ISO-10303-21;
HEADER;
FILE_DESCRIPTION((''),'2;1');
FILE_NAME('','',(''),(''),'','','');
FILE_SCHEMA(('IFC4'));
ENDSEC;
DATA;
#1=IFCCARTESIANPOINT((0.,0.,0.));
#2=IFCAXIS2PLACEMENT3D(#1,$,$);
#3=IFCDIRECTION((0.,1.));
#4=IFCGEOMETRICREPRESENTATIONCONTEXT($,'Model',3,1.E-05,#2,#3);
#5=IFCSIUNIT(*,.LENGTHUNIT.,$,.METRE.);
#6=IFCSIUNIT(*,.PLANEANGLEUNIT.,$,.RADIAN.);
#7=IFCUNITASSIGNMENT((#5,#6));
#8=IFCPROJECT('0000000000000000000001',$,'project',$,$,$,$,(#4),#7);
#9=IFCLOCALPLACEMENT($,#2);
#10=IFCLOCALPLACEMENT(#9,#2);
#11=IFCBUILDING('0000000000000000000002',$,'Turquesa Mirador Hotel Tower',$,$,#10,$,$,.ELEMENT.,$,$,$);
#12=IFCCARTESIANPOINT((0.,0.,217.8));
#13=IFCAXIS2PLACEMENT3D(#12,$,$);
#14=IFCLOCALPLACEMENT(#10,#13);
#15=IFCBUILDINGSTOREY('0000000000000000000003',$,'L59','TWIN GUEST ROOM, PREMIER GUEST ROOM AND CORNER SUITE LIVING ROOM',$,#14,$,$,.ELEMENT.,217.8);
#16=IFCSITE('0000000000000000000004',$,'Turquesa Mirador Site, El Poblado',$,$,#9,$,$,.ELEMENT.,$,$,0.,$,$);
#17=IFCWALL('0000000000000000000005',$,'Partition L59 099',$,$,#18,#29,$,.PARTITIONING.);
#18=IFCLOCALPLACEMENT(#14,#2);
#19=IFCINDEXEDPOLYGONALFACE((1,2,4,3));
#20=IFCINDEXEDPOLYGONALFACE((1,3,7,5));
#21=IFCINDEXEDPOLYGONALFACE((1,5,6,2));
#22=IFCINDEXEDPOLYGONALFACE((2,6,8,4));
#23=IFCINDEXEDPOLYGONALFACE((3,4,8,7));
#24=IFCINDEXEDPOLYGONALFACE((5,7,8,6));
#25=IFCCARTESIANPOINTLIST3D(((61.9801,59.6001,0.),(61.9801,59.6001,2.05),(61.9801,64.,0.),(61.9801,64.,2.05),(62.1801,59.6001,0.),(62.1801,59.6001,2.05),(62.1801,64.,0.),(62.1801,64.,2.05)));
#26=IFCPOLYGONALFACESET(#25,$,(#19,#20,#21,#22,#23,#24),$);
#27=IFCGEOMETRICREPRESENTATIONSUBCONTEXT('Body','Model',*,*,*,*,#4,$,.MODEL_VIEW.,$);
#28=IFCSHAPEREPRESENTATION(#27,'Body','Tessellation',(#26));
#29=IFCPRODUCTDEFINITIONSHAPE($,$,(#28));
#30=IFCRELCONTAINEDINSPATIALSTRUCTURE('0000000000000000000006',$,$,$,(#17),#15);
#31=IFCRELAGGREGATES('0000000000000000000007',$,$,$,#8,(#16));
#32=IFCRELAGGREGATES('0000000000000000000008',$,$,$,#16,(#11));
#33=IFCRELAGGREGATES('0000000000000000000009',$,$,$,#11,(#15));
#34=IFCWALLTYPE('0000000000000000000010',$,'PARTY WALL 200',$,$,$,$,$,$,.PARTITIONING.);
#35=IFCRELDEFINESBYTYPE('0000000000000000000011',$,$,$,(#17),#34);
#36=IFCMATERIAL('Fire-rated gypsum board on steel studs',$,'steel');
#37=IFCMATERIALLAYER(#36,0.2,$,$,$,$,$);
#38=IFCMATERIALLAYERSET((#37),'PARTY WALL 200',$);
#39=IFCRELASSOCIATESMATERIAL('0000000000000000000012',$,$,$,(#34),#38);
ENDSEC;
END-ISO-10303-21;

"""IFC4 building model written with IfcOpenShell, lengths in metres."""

from ifc_helpers import new_model, si_unit, direction, frame, frame_2d, origin, place, context, subcontext, project, spatial, rectangle, extrude, material, layer, layer_set, type_object, element, save


model = new_model("IFC4")

# Units and contexts
model_context = context("Model", 3, precision=1e-05, world=origin(), true_north=direction((0.0, 1.0)))
body_context = subcontext(model_context, "Body", "Model", "MODEL_VIEW")
ifc_project = project(units=[si_unit("LENGTHUNIT", "METRE"), si_unit("PLANEANGLEUNIT", "RADIAN")], contexts=[model_context])

# Site, building, storey
site_placement = place(None, origin())
site = spatial("IfcSite", under=ifc_project, at=site_placement, Name="Turquesa Mirador Site, El Poblado", CompositionType="ELEMENT", RefElevation=0.0)
building_placement = place(site_placement, origin())
building = spatial("IfcBuilding", under=site, at=building_placement, Name="Turquesa Mirador Hotel Tower", CompositionType="ELEMENT")
storey_placement = place(building_placement, frame((0.0, 0.0, 217.8)))
storey = spatial("IfcBuildingStorey", under=building, at=storey_placement, Name="L59", Description="TWIN GUEST ROOM, PREMIER GUEST ROOM AND CORNER SUITE LIVING ROOM", CompositionType="ELEMENT", Elevation=217.8)

# Wall
ifc_material_1 = material(Name="Fire-rated gypsum board on steel studs", Category="steel")
ifc_layer_1 = layer(ifc_material_1, 0.2)
ifc_layer_set_1 = layer_set([ifc_layer_1], Name="PARTY WALL 200")
wall_type_1 = type_object("IfcWallType", Name="PARTY WALL 200", PredefinedType="PARTITIONING", material=ifc_layer_set_1)
wall_1_placement = place(storey_placement, frame((62.0801, 59.6001, 0.0), z_axis=(0.0, 0.0, 1.0), x_axis=(0.0, 1.0, 0.0)))
element("IfcWall", 1, at=wall_1_placement, inside=storey, type_object=wall_type_1, Name="Partition L59 099", PredefinedType="PARTITIONING", context=body_context, shape_type="SweptSolid", body=[
    extrude(rectangle(XDim=4.3999, YDim=0.2, at=frame_2d((2.2, 0.0))), origin(), (0.0, 0.0, 1.0), 2.05),
])

save(model, "model.ifc")
